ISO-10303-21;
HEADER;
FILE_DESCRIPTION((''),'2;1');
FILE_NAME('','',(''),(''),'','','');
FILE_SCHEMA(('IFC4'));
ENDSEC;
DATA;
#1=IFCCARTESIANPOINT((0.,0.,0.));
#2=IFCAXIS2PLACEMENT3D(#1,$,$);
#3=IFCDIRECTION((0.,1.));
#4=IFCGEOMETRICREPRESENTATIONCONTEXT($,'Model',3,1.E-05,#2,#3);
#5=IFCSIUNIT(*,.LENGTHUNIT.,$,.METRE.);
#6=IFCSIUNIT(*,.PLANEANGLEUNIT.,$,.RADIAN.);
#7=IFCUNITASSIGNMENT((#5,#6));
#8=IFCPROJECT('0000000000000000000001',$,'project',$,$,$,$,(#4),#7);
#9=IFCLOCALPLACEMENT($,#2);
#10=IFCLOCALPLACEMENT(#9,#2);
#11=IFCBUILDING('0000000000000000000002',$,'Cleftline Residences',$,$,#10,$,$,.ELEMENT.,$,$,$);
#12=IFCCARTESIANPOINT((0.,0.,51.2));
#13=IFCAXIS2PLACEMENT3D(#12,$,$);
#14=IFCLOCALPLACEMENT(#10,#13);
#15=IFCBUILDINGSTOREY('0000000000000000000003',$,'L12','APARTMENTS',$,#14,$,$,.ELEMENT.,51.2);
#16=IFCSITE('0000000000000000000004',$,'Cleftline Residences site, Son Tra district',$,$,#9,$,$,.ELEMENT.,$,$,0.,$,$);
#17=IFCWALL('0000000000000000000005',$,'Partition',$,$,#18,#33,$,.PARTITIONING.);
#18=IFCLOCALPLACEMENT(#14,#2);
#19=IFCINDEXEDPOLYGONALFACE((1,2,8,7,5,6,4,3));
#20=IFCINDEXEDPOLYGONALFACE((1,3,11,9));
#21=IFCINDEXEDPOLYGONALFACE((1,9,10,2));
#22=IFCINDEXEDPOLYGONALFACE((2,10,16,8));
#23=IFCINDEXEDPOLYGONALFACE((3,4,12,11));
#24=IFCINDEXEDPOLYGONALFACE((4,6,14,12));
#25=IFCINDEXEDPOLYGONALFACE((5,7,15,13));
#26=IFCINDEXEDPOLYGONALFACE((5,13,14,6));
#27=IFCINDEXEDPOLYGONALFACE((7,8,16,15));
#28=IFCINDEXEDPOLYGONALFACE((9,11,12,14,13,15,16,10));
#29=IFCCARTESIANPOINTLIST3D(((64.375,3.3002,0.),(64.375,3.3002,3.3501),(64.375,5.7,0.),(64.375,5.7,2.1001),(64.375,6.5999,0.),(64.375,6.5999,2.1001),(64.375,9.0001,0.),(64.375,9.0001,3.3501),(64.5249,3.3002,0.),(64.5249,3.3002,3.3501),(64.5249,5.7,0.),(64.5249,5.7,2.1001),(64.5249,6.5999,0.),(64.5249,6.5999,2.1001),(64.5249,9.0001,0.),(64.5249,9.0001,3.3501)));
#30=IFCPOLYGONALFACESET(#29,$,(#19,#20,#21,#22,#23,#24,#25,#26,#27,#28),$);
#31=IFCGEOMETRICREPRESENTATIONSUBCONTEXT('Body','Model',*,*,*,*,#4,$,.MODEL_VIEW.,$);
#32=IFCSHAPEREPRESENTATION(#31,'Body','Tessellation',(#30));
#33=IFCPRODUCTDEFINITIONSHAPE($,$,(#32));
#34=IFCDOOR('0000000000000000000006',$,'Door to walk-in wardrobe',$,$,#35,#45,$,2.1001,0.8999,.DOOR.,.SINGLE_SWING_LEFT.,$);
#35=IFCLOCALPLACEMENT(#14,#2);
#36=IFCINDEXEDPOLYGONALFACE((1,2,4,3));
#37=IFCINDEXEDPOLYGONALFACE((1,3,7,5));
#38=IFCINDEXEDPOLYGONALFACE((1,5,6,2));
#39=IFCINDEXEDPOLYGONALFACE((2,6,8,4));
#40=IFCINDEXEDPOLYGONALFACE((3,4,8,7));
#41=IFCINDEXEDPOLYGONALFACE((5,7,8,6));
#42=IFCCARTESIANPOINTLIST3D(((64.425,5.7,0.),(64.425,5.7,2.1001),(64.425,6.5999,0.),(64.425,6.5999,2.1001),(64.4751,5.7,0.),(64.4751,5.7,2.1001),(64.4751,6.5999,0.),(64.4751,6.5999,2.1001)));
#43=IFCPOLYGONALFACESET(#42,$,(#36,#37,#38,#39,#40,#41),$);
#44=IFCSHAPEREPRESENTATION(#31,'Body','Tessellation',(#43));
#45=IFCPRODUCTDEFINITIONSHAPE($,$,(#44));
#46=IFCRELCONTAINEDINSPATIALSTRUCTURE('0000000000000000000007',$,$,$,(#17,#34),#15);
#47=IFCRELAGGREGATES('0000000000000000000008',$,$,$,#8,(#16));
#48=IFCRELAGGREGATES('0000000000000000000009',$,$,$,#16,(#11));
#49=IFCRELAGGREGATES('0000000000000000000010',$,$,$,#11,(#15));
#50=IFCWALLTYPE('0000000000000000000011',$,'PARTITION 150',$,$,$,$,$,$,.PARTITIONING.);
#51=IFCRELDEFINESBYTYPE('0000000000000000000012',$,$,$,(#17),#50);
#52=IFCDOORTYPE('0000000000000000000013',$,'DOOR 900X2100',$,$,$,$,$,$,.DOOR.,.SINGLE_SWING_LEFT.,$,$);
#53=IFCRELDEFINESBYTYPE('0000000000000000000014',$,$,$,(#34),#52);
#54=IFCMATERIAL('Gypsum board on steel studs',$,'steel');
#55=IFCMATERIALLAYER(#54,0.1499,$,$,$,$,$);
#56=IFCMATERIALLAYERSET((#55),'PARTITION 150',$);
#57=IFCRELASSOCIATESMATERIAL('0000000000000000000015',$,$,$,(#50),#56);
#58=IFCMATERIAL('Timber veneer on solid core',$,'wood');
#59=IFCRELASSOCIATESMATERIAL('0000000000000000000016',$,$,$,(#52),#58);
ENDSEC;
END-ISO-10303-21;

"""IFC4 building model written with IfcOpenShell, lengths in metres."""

from ifc_helpers import new_model, si_unit, direction, frame, frame_2d, origin, place, context, subcontext, project, spatial, rectangle, extrude, material, layer, layer_set, type_object, element, fill, save


model = new_model("IFC4")

# Units and contexts
model_context = context("Model", 3, precision=1e-05, world=origin(), true_north=direction((0.0, 1.0)))
body_context = subcontext(model_context, "Body", "Model", "MODEL_VIEW")
ifc_project = project(units=[si_unit("LENGTHUNIT", "METRE"), si_unit("PLANEANGLEUNIT", "RADIAN")], contexts=[model_context])

# Site, building, storey
site_placement = place(None, origin())
site = spatial("IfcSite", under=ifc_project, at=site_placement, Name="Cleftline Residences site, Son Tra district", CompositionType="ELEMENT", RefElevation=0.0)
building_placement = place(site_placement, origin())
building = spatial("IfcBuilding", under=site, at=building_placement, Name="Cleftline Residences", CompositionType="ELEMENT")
storey_placement = place(building_placement, frame((0.0, 0.0, 51.2)))
storey = spatial("IfcBuildingStorey", under=building, at=storey_placement, Name="L12", Description="APARTMENTS", CompositionType="ELEMENT", Elevation=51.2)

# Wall, opening, door
ifc_material_1 = material(Name="Gypsum board on steel studs", Category="steel")
ifc_layer_1 = layer(ifc_material_1, 0.1499)
ifc_layer_set_1 = layer_set([ifc_layer_1], Name="PARTITION 150")
wall_type_1 = type_object("IfcWallType", Name="PARTITION 150", PredefinedType="PARTITIONING", material=ifc_layer_set_1)
wall_1_placement = place(storey_placement, frame((64.45, 3.3, 0.0), z_axis=(0.0, 0.0, 1.0), x_axis=(0.0, 1.0, 0.0)))
wall_1 = element("IfcWall", 1, at=wall_1_placement, inside=storey, type_object=wall_type_1, Name="Partition", PredefinedType="PARTITIONING", context=body_context, shape_type="SweptSolid", body=[
    extrude(rectangle(XDim=5.7, YDim=0.1499, at=frame_2d((2.8501, 0.0))), origin(), (0.0, 0.0, 1.0), 3.3501),
])
opening_1_placement = place(wall_1_placement, frame((2.3999, 0.0, 0.0)))
opening_1 = element("IfcOpeningElement", 2, at=opening_1_placement, cuts=wall_1, PredefinedType="OPENING", context=body_context, shape_type="SweptSolid", body=[
    extrude(rectangle(XDim=0.8999, YDim=2.1001, at=frame_2d((0.45, 1.05))), frame((0.0, 0.085, 0.0), z_axis=(0.0, -1.0, 0.0), x_axis=(1.0, 0.0, 0.0)), (0.0, 0.0, 1.0), 0.1699),
])
ifc_material_2 = material(Name="Timber veneer on solid core", Category="wood")
door_type = type_object("IfcDoorType", Name="DOOR 900X2100", OperationType="SINGLE_SWING_LEFT", PredefinedType="DOOR", material=ifc_material_2)
door_placement = place(opening_1_placement, origin())
door = element("IfcDoor", 3, at=door_placement, inside=storey, type_object=door_type, Name="Door to walk-in wardrobe", OperationType="SINGLE_SWING_LEFT", OverallHeight=2.1001, OverallWidth=0.8999, PredefinedType="DOOR", context=body_context, shape_type="SweptSolid", body=[
    extrude(rectangle(XDim=0.8999, YDim=2.1001, at=frame_2d((0.45, 1.05))), frame((0.0, 0.0249, 0.0), z_axis=(0.0, -1.0, 0.0), x_axis=(1.0, 0.0, 0.0)), (0.0, 0.0, 1.0), 0.05),
])
fill(opening_1, door)

save(model, "model.ifc")
